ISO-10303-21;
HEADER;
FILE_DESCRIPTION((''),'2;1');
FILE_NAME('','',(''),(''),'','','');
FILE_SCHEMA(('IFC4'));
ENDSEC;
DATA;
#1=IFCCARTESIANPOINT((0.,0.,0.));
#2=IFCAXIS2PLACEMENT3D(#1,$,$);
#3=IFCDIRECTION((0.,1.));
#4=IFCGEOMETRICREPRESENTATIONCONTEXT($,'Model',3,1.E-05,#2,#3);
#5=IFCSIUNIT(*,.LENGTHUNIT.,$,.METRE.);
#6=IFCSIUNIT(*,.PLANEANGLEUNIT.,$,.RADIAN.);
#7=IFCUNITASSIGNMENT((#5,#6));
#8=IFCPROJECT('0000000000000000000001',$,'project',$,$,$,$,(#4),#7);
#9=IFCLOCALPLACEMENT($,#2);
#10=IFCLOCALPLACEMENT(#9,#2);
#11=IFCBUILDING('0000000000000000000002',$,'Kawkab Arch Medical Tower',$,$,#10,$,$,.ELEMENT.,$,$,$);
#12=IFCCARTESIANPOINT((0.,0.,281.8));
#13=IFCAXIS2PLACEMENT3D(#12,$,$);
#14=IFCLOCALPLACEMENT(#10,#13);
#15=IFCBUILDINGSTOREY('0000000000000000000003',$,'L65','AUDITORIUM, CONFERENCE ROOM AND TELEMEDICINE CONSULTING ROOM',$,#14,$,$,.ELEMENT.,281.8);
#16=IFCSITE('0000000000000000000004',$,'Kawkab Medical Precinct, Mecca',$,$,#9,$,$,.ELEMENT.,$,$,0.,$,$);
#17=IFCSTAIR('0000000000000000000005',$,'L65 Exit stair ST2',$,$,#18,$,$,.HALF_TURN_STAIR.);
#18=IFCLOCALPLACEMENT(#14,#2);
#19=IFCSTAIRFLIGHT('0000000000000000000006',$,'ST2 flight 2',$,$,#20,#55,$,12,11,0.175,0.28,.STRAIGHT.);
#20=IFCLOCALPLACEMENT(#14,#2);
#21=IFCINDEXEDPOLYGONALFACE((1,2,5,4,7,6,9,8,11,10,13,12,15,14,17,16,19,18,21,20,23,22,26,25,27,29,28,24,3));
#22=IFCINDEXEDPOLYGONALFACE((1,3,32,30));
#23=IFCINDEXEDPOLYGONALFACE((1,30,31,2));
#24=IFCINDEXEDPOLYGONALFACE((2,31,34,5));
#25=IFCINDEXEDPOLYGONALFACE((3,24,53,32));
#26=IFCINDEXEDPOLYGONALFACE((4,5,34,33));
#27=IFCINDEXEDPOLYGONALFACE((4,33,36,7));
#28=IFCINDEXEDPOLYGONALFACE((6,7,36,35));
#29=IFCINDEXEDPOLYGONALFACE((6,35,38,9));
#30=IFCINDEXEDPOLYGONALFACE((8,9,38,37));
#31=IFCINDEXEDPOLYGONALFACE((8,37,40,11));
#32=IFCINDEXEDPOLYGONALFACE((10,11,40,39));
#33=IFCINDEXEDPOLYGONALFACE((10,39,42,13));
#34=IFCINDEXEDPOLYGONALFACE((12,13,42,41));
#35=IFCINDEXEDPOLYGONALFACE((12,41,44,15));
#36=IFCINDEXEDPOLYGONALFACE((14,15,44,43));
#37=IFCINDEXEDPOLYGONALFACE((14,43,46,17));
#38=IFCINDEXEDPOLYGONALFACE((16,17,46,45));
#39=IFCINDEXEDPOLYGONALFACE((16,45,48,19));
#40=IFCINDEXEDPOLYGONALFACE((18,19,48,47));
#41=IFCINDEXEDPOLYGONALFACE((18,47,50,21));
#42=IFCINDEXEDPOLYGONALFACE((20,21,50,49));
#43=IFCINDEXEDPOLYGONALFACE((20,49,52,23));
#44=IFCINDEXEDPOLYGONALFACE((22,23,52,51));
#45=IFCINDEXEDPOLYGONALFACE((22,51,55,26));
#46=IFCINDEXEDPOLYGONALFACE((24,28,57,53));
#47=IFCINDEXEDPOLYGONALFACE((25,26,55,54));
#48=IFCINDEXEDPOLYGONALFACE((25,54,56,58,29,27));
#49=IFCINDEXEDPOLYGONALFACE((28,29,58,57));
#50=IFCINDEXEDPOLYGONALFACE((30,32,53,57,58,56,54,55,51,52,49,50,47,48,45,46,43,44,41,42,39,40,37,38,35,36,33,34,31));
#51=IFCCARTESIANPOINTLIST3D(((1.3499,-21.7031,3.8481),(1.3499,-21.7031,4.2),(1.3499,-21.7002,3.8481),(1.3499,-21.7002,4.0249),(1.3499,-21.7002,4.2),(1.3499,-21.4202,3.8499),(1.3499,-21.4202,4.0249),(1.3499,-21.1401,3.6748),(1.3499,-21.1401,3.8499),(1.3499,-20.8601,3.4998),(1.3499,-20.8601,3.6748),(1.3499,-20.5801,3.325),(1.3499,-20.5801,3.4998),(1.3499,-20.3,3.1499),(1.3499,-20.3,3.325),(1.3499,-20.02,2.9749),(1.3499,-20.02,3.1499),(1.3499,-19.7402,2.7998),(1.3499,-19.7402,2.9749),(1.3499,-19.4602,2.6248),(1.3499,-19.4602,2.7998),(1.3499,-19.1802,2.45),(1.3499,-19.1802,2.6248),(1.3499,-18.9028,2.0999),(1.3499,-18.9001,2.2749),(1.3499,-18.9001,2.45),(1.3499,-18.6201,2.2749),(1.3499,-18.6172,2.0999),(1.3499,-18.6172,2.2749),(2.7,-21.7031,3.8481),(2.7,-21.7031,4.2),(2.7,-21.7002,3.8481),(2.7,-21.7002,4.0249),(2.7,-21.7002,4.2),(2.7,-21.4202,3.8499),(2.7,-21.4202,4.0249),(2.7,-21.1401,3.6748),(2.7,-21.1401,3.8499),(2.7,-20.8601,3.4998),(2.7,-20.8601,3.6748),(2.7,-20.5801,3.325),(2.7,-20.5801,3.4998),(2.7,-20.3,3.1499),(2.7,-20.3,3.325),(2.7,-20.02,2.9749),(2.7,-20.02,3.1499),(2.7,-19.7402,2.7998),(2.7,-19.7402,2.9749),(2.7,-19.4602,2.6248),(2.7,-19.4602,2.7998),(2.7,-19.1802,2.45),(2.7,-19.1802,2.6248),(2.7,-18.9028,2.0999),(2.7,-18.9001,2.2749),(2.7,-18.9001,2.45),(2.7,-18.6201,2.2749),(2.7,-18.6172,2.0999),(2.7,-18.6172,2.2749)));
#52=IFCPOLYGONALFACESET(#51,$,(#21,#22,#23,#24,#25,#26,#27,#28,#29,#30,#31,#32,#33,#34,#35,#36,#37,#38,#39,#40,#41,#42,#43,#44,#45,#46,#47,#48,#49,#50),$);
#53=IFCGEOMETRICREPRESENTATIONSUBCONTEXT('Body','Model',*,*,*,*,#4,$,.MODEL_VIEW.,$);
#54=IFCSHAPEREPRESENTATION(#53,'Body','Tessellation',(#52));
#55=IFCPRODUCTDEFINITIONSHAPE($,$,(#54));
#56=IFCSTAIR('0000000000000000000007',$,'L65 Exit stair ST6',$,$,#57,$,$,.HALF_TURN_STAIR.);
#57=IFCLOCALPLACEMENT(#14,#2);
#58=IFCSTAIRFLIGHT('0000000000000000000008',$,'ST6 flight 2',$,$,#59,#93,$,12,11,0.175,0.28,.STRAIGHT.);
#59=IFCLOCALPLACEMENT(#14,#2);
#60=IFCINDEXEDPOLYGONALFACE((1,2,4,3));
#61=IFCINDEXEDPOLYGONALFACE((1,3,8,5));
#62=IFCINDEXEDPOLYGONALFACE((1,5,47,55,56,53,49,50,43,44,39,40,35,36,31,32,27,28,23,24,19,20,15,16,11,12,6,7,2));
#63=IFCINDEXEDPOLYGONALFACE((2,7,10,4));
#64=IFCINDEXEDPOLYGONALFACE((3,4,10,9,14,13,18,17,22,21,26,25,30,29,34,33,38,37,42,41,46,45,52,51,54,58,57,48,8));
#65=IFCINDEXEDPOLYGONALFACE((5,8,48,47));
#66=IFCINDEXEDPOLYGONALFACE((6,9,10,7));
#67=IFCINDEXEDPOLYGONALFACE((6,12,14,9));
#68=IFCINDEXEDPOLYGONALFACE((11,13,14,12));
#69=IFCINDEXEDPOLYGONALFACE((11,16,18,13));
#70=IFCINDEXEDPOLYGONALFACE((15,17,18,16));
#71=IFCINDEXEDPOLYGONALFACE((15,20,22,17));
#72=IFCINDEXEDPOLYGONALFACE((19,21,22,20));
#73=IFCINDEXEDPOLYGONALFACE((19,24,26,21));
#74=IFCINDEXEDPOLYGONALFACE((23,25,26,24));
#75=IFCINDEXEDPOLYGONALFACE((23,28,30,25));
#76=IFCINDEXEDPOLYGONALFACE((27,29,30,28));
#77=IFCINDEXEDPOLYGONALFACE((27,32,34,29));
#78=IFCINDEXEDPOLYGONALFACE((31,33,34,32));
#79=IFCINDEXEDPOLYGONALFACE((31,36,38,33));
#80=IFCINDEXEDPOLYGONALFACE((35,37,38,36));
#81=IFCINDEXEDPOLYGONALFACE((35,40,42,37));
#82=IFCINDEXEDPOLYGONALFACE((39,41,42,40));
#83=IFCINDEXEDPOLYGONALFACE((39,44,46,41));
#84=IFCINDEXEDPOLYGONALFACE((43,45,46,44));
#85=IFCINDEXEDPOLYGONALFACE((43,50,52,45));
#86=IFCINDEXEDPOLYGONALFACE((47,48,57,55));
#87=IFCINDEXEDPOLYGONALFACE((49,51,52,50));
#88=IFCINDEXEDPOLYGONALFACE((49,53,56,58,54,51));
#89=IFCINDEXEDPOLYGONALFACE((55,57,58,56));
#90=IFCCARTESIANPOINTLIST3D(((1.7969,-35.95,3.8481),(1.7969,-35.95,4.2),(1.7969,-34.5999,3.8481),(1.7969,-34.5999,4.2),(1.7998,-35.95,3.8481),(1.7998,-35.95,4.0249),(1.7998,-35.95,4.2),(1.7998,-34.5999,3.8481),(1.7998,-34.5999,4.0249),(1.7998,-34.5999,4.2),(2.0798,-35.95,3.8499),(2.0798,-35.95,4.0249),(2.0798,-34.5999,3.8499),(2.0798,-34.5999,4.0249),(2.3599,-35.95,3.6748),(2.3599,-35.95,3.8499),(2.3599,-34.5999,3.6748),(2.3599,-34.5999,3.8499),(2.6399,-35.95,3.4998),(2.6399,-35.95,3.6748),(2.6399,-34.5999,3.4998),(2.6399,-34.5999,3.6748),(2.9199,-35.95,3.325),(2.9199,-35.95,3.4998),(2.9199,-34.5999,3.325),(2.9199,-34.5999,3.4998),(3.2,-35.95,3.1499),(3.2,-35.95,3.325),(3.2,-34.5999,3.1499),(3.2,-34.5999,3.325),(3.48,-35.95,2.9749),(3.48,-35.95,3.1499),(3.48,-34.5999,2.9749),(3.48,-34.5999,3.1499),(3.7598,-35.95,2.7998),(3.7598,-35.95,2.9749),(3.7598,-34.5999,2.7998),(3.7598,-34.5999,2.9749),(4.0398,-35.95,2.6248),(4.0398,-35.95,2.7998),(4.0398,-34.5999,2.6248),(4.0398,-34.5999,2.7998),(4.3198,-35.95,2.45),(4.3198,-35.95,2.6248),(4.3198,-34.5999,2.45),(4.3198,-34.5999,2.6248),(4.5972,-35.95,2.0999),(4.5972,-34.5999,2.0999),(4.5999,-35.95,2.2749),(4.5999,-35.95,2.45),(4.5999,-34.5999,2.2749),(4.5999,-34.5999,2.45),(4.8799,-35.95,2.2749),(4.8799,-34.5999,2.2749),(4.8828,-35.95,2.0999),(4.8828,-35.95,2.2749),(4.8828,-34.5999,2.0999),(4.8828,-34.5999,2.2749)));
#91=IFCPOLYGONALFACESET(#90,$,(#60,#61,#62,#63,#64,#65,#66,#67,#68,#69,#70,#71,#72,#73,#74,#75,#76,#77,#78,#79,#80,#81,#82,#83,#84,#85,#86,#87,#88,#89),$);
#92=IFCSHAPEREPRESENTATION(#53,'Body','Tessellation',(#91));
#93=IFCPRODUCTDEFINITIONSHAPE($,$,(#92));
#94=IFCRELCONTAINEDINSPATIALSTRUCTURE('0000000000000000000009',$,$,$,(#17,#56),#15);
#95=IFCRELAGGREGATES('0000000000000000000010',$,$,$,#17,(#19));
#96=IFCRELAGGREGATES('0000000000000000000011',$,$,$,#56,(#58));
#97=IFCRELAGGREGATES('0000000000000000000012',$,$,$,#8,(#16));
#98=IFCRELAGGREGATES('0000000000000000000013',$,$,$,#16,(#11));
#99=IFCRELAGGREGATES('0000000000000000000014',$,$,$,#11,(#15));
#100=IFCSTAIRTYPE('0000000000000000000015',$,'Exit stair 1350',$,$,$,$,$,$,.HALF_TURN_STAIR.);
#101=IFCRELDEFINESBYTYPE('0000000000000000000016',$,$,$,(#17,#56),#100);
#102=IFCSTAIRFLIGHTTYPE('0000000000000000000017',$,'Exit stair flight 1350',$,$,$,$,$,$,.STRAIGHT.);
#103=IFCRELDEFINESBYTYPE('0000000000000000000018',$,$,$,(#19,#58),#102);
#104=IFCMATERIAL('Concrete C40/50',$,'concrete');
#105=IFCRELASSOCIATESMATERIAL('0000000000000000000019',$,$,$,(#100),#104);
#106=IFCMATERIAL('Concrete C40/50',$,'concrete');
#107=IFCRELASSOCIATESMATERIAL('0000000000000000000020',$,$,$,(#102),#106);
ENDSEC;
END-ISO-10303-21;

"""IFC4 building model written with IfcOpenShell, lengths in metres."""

from ifc_helpers import new_model, si_unit, direction, frame, origin, place, context, subcontext, project, spatial, polyline, outline, extrude, material, type_object, element, aggregate, save


model = new_model("IFC4")

# Units and contexts
model_context = context("Model", 3, precision=1e-05, world=origin(), true_north=direction((0.0, 1.0)))
body_context = subcontext(model_context, "Body", "Model", "MODEL_VIEW")
ifc_project = project(units=[si_unit("LENGTHUNIT", "METRE"), si_unit("PLANEANGLEUNIT", "RADIAN")], contexts=[model_context])

# Site, building, storey
site_placement = place(None, origin())
site = spatial("IfcSite", under=ifc_project, at=site_placement, Name="Kawkab Medical Precinct, Mecca", CompositionType="ELEMENT", RefElevation=0.0)
building_placement = place(site_placement, origin())
building = spatial("IfcBuilding", under=site, at=building_placement, Name="Kawkab Arch Medical Tower", CompositionType="ELEMENT")
storey_placement = place(building_placement, frame((0.0, 0.0, 281.8)))
storey = spatial("IfcBuildingStorey", under=building, at=storey_placement, Name="L65", Description="AUDITORIUM, CONFERENCE ROOM AND TELEMEDICINE CONSULTING ROOM", CompositionType="ELEMENT", Elevation=281.8)

# Stair, stair flight
ifc_material_1 = material(Name="Concrete C40/50", Category="concrete")
stair_type = type_object("IfcStairType", Name="Exit stair 1350", PredefinedType="HALF_TURN_STAIR", material=ifc_material_1)
placement = place(storey_placement, origin())
stair_1 = element("IfcStair", 1, at=placement, inside=storey, type_object=stair_type, Name="L65 Exit stair ST2", PredefinedType="HALF_TURN_STAIR")
ifc_material_2 = material(Name="Concrete C40/50", Category="concrete")
stair_flight_type = type_object("IfcStairFlightType", Name="Exit stair flight 1350", PredefinedType="STRAIGHT", material=ifc_material_2)
stair_flight_1_placement = place(storey_placement, frame((2.0249, -18.6201, 2.0999), z_axis=(0.0, 0.0, 1.0), x_axis=(0.0, -1.0, 0.0)))
stair_flight_1 = element("IfcStairFlight", 2, at=stair_flight_1_placement, type_object=stair_flight_type, Name="ST2 flight 2", NumberOfRisers=12, NumberOfTreads=11, PredefinedType="STRAIGHT", RiserHeight=0.175, TreadLength=0.28, context=body_context, shape_type="SweptSolid", body=[
    extrude(outline(polyline([(-0.0029, 0.0), (-0.0029, 0.175), (0.0, 0.175), (0.28, 0.175), (0.28, 0.3501), (0.5601, 0.3501), (0.5601, 0.5249), (0.8401, 0.5249), (0.8401, 0.7), (1.1201, 0.7), (1.1201, 0.875), (1.3999, 0.875), (1.3999, 1.05), (1.6799, 1.05), (1.6799, 1.2251), (1.96, 1.2251), (1.96, 1.3999), (2.24, 1.3999), (2.24, 1.575), (2.52, 1.575), (2.52, 1.75), (2.8, 1.75), (2.8, 1.925), (3.0801, 1.925), (3.0801, 2.1001), (3.083, 2.1001), (3.083, 1.7483), (3.0801, 1.7483), (0.2827, 0.0), (-0.0029, 0.0)])), frame((0.0, 0.675, 0.0), z_axis=(0.0, -1.0, 0.0), x_axis=(1.0, 0.0, 0.0)), (0.0, 0.0, 1.0), 1.3501),
])
aggregate(stair_1, [stair_flight_1])

# Stair, stair flight
stair_2 = element("IfcStair", 3, at=placement, inside=storey, type_object=stair_type, Name="L65 Exit stair ST6", PredefinedType="HALF_TURN_STAIR")
stair_flight_2_placement = place(storey_placement, frame((4.8799, -35.2749, 2.0999), z_axis=(0.0, 0.0, 1.0), x_axis=(-1.0, 0.0, 0.0)))
stair_flight_2 = element("IfcStairFlight", 4, at=stair_flight_2_placement, type_object=stair_flight_type, Name="ST6 flight 2", NumberOfRisers=12, NumberOfTreads=11, PredefinedType="STRAIGHT", RiserHeight=0.175, TreadLength=0.28, context=body_context, shape_type="SweptSolid", body=[
    extrude(outline(polyline([(-0.0029, 0.0), (-0.0029, 0.175), (0.0, 0.175), (0.28, 0.175), (0.28, 0.3501), (0.5601, 0.3501), (0.5601, 0.5249), (0.8401, 0.5249), (0.8401, 0.7), (1.1201, 0.7), (1.1201, 0.875), (1.3999, 0.875), (1.3999, 1.05), (1.6799, 1.05), (1.6799, 1.2251), (1.96, 1.2251), (1.96, 1.3999), (2.24, 1.3999), (2.24, 1.575), (2.52, 1.575), (2.52, 1.75), (2.8, 1.75), (2.8, 1.925), (3.0801, 1.925), (3.0801, 2.1001), (3.083, 2.1001), (3.083, 1.7483), (3.0801, 1.7483), (0.2827, 0.0), (-0.0029, 0.0)])), frame((0.0, 0.675, 0.0), z_axis=(0.0, -1.0, 0.0), x_axis=(1.0, 0.0, 0.0)), (0.0, 0.0, 1.0), 1.3501),
])
aggregate(stair_2, [stair_flight_2])

save(model, "model.ifc")
